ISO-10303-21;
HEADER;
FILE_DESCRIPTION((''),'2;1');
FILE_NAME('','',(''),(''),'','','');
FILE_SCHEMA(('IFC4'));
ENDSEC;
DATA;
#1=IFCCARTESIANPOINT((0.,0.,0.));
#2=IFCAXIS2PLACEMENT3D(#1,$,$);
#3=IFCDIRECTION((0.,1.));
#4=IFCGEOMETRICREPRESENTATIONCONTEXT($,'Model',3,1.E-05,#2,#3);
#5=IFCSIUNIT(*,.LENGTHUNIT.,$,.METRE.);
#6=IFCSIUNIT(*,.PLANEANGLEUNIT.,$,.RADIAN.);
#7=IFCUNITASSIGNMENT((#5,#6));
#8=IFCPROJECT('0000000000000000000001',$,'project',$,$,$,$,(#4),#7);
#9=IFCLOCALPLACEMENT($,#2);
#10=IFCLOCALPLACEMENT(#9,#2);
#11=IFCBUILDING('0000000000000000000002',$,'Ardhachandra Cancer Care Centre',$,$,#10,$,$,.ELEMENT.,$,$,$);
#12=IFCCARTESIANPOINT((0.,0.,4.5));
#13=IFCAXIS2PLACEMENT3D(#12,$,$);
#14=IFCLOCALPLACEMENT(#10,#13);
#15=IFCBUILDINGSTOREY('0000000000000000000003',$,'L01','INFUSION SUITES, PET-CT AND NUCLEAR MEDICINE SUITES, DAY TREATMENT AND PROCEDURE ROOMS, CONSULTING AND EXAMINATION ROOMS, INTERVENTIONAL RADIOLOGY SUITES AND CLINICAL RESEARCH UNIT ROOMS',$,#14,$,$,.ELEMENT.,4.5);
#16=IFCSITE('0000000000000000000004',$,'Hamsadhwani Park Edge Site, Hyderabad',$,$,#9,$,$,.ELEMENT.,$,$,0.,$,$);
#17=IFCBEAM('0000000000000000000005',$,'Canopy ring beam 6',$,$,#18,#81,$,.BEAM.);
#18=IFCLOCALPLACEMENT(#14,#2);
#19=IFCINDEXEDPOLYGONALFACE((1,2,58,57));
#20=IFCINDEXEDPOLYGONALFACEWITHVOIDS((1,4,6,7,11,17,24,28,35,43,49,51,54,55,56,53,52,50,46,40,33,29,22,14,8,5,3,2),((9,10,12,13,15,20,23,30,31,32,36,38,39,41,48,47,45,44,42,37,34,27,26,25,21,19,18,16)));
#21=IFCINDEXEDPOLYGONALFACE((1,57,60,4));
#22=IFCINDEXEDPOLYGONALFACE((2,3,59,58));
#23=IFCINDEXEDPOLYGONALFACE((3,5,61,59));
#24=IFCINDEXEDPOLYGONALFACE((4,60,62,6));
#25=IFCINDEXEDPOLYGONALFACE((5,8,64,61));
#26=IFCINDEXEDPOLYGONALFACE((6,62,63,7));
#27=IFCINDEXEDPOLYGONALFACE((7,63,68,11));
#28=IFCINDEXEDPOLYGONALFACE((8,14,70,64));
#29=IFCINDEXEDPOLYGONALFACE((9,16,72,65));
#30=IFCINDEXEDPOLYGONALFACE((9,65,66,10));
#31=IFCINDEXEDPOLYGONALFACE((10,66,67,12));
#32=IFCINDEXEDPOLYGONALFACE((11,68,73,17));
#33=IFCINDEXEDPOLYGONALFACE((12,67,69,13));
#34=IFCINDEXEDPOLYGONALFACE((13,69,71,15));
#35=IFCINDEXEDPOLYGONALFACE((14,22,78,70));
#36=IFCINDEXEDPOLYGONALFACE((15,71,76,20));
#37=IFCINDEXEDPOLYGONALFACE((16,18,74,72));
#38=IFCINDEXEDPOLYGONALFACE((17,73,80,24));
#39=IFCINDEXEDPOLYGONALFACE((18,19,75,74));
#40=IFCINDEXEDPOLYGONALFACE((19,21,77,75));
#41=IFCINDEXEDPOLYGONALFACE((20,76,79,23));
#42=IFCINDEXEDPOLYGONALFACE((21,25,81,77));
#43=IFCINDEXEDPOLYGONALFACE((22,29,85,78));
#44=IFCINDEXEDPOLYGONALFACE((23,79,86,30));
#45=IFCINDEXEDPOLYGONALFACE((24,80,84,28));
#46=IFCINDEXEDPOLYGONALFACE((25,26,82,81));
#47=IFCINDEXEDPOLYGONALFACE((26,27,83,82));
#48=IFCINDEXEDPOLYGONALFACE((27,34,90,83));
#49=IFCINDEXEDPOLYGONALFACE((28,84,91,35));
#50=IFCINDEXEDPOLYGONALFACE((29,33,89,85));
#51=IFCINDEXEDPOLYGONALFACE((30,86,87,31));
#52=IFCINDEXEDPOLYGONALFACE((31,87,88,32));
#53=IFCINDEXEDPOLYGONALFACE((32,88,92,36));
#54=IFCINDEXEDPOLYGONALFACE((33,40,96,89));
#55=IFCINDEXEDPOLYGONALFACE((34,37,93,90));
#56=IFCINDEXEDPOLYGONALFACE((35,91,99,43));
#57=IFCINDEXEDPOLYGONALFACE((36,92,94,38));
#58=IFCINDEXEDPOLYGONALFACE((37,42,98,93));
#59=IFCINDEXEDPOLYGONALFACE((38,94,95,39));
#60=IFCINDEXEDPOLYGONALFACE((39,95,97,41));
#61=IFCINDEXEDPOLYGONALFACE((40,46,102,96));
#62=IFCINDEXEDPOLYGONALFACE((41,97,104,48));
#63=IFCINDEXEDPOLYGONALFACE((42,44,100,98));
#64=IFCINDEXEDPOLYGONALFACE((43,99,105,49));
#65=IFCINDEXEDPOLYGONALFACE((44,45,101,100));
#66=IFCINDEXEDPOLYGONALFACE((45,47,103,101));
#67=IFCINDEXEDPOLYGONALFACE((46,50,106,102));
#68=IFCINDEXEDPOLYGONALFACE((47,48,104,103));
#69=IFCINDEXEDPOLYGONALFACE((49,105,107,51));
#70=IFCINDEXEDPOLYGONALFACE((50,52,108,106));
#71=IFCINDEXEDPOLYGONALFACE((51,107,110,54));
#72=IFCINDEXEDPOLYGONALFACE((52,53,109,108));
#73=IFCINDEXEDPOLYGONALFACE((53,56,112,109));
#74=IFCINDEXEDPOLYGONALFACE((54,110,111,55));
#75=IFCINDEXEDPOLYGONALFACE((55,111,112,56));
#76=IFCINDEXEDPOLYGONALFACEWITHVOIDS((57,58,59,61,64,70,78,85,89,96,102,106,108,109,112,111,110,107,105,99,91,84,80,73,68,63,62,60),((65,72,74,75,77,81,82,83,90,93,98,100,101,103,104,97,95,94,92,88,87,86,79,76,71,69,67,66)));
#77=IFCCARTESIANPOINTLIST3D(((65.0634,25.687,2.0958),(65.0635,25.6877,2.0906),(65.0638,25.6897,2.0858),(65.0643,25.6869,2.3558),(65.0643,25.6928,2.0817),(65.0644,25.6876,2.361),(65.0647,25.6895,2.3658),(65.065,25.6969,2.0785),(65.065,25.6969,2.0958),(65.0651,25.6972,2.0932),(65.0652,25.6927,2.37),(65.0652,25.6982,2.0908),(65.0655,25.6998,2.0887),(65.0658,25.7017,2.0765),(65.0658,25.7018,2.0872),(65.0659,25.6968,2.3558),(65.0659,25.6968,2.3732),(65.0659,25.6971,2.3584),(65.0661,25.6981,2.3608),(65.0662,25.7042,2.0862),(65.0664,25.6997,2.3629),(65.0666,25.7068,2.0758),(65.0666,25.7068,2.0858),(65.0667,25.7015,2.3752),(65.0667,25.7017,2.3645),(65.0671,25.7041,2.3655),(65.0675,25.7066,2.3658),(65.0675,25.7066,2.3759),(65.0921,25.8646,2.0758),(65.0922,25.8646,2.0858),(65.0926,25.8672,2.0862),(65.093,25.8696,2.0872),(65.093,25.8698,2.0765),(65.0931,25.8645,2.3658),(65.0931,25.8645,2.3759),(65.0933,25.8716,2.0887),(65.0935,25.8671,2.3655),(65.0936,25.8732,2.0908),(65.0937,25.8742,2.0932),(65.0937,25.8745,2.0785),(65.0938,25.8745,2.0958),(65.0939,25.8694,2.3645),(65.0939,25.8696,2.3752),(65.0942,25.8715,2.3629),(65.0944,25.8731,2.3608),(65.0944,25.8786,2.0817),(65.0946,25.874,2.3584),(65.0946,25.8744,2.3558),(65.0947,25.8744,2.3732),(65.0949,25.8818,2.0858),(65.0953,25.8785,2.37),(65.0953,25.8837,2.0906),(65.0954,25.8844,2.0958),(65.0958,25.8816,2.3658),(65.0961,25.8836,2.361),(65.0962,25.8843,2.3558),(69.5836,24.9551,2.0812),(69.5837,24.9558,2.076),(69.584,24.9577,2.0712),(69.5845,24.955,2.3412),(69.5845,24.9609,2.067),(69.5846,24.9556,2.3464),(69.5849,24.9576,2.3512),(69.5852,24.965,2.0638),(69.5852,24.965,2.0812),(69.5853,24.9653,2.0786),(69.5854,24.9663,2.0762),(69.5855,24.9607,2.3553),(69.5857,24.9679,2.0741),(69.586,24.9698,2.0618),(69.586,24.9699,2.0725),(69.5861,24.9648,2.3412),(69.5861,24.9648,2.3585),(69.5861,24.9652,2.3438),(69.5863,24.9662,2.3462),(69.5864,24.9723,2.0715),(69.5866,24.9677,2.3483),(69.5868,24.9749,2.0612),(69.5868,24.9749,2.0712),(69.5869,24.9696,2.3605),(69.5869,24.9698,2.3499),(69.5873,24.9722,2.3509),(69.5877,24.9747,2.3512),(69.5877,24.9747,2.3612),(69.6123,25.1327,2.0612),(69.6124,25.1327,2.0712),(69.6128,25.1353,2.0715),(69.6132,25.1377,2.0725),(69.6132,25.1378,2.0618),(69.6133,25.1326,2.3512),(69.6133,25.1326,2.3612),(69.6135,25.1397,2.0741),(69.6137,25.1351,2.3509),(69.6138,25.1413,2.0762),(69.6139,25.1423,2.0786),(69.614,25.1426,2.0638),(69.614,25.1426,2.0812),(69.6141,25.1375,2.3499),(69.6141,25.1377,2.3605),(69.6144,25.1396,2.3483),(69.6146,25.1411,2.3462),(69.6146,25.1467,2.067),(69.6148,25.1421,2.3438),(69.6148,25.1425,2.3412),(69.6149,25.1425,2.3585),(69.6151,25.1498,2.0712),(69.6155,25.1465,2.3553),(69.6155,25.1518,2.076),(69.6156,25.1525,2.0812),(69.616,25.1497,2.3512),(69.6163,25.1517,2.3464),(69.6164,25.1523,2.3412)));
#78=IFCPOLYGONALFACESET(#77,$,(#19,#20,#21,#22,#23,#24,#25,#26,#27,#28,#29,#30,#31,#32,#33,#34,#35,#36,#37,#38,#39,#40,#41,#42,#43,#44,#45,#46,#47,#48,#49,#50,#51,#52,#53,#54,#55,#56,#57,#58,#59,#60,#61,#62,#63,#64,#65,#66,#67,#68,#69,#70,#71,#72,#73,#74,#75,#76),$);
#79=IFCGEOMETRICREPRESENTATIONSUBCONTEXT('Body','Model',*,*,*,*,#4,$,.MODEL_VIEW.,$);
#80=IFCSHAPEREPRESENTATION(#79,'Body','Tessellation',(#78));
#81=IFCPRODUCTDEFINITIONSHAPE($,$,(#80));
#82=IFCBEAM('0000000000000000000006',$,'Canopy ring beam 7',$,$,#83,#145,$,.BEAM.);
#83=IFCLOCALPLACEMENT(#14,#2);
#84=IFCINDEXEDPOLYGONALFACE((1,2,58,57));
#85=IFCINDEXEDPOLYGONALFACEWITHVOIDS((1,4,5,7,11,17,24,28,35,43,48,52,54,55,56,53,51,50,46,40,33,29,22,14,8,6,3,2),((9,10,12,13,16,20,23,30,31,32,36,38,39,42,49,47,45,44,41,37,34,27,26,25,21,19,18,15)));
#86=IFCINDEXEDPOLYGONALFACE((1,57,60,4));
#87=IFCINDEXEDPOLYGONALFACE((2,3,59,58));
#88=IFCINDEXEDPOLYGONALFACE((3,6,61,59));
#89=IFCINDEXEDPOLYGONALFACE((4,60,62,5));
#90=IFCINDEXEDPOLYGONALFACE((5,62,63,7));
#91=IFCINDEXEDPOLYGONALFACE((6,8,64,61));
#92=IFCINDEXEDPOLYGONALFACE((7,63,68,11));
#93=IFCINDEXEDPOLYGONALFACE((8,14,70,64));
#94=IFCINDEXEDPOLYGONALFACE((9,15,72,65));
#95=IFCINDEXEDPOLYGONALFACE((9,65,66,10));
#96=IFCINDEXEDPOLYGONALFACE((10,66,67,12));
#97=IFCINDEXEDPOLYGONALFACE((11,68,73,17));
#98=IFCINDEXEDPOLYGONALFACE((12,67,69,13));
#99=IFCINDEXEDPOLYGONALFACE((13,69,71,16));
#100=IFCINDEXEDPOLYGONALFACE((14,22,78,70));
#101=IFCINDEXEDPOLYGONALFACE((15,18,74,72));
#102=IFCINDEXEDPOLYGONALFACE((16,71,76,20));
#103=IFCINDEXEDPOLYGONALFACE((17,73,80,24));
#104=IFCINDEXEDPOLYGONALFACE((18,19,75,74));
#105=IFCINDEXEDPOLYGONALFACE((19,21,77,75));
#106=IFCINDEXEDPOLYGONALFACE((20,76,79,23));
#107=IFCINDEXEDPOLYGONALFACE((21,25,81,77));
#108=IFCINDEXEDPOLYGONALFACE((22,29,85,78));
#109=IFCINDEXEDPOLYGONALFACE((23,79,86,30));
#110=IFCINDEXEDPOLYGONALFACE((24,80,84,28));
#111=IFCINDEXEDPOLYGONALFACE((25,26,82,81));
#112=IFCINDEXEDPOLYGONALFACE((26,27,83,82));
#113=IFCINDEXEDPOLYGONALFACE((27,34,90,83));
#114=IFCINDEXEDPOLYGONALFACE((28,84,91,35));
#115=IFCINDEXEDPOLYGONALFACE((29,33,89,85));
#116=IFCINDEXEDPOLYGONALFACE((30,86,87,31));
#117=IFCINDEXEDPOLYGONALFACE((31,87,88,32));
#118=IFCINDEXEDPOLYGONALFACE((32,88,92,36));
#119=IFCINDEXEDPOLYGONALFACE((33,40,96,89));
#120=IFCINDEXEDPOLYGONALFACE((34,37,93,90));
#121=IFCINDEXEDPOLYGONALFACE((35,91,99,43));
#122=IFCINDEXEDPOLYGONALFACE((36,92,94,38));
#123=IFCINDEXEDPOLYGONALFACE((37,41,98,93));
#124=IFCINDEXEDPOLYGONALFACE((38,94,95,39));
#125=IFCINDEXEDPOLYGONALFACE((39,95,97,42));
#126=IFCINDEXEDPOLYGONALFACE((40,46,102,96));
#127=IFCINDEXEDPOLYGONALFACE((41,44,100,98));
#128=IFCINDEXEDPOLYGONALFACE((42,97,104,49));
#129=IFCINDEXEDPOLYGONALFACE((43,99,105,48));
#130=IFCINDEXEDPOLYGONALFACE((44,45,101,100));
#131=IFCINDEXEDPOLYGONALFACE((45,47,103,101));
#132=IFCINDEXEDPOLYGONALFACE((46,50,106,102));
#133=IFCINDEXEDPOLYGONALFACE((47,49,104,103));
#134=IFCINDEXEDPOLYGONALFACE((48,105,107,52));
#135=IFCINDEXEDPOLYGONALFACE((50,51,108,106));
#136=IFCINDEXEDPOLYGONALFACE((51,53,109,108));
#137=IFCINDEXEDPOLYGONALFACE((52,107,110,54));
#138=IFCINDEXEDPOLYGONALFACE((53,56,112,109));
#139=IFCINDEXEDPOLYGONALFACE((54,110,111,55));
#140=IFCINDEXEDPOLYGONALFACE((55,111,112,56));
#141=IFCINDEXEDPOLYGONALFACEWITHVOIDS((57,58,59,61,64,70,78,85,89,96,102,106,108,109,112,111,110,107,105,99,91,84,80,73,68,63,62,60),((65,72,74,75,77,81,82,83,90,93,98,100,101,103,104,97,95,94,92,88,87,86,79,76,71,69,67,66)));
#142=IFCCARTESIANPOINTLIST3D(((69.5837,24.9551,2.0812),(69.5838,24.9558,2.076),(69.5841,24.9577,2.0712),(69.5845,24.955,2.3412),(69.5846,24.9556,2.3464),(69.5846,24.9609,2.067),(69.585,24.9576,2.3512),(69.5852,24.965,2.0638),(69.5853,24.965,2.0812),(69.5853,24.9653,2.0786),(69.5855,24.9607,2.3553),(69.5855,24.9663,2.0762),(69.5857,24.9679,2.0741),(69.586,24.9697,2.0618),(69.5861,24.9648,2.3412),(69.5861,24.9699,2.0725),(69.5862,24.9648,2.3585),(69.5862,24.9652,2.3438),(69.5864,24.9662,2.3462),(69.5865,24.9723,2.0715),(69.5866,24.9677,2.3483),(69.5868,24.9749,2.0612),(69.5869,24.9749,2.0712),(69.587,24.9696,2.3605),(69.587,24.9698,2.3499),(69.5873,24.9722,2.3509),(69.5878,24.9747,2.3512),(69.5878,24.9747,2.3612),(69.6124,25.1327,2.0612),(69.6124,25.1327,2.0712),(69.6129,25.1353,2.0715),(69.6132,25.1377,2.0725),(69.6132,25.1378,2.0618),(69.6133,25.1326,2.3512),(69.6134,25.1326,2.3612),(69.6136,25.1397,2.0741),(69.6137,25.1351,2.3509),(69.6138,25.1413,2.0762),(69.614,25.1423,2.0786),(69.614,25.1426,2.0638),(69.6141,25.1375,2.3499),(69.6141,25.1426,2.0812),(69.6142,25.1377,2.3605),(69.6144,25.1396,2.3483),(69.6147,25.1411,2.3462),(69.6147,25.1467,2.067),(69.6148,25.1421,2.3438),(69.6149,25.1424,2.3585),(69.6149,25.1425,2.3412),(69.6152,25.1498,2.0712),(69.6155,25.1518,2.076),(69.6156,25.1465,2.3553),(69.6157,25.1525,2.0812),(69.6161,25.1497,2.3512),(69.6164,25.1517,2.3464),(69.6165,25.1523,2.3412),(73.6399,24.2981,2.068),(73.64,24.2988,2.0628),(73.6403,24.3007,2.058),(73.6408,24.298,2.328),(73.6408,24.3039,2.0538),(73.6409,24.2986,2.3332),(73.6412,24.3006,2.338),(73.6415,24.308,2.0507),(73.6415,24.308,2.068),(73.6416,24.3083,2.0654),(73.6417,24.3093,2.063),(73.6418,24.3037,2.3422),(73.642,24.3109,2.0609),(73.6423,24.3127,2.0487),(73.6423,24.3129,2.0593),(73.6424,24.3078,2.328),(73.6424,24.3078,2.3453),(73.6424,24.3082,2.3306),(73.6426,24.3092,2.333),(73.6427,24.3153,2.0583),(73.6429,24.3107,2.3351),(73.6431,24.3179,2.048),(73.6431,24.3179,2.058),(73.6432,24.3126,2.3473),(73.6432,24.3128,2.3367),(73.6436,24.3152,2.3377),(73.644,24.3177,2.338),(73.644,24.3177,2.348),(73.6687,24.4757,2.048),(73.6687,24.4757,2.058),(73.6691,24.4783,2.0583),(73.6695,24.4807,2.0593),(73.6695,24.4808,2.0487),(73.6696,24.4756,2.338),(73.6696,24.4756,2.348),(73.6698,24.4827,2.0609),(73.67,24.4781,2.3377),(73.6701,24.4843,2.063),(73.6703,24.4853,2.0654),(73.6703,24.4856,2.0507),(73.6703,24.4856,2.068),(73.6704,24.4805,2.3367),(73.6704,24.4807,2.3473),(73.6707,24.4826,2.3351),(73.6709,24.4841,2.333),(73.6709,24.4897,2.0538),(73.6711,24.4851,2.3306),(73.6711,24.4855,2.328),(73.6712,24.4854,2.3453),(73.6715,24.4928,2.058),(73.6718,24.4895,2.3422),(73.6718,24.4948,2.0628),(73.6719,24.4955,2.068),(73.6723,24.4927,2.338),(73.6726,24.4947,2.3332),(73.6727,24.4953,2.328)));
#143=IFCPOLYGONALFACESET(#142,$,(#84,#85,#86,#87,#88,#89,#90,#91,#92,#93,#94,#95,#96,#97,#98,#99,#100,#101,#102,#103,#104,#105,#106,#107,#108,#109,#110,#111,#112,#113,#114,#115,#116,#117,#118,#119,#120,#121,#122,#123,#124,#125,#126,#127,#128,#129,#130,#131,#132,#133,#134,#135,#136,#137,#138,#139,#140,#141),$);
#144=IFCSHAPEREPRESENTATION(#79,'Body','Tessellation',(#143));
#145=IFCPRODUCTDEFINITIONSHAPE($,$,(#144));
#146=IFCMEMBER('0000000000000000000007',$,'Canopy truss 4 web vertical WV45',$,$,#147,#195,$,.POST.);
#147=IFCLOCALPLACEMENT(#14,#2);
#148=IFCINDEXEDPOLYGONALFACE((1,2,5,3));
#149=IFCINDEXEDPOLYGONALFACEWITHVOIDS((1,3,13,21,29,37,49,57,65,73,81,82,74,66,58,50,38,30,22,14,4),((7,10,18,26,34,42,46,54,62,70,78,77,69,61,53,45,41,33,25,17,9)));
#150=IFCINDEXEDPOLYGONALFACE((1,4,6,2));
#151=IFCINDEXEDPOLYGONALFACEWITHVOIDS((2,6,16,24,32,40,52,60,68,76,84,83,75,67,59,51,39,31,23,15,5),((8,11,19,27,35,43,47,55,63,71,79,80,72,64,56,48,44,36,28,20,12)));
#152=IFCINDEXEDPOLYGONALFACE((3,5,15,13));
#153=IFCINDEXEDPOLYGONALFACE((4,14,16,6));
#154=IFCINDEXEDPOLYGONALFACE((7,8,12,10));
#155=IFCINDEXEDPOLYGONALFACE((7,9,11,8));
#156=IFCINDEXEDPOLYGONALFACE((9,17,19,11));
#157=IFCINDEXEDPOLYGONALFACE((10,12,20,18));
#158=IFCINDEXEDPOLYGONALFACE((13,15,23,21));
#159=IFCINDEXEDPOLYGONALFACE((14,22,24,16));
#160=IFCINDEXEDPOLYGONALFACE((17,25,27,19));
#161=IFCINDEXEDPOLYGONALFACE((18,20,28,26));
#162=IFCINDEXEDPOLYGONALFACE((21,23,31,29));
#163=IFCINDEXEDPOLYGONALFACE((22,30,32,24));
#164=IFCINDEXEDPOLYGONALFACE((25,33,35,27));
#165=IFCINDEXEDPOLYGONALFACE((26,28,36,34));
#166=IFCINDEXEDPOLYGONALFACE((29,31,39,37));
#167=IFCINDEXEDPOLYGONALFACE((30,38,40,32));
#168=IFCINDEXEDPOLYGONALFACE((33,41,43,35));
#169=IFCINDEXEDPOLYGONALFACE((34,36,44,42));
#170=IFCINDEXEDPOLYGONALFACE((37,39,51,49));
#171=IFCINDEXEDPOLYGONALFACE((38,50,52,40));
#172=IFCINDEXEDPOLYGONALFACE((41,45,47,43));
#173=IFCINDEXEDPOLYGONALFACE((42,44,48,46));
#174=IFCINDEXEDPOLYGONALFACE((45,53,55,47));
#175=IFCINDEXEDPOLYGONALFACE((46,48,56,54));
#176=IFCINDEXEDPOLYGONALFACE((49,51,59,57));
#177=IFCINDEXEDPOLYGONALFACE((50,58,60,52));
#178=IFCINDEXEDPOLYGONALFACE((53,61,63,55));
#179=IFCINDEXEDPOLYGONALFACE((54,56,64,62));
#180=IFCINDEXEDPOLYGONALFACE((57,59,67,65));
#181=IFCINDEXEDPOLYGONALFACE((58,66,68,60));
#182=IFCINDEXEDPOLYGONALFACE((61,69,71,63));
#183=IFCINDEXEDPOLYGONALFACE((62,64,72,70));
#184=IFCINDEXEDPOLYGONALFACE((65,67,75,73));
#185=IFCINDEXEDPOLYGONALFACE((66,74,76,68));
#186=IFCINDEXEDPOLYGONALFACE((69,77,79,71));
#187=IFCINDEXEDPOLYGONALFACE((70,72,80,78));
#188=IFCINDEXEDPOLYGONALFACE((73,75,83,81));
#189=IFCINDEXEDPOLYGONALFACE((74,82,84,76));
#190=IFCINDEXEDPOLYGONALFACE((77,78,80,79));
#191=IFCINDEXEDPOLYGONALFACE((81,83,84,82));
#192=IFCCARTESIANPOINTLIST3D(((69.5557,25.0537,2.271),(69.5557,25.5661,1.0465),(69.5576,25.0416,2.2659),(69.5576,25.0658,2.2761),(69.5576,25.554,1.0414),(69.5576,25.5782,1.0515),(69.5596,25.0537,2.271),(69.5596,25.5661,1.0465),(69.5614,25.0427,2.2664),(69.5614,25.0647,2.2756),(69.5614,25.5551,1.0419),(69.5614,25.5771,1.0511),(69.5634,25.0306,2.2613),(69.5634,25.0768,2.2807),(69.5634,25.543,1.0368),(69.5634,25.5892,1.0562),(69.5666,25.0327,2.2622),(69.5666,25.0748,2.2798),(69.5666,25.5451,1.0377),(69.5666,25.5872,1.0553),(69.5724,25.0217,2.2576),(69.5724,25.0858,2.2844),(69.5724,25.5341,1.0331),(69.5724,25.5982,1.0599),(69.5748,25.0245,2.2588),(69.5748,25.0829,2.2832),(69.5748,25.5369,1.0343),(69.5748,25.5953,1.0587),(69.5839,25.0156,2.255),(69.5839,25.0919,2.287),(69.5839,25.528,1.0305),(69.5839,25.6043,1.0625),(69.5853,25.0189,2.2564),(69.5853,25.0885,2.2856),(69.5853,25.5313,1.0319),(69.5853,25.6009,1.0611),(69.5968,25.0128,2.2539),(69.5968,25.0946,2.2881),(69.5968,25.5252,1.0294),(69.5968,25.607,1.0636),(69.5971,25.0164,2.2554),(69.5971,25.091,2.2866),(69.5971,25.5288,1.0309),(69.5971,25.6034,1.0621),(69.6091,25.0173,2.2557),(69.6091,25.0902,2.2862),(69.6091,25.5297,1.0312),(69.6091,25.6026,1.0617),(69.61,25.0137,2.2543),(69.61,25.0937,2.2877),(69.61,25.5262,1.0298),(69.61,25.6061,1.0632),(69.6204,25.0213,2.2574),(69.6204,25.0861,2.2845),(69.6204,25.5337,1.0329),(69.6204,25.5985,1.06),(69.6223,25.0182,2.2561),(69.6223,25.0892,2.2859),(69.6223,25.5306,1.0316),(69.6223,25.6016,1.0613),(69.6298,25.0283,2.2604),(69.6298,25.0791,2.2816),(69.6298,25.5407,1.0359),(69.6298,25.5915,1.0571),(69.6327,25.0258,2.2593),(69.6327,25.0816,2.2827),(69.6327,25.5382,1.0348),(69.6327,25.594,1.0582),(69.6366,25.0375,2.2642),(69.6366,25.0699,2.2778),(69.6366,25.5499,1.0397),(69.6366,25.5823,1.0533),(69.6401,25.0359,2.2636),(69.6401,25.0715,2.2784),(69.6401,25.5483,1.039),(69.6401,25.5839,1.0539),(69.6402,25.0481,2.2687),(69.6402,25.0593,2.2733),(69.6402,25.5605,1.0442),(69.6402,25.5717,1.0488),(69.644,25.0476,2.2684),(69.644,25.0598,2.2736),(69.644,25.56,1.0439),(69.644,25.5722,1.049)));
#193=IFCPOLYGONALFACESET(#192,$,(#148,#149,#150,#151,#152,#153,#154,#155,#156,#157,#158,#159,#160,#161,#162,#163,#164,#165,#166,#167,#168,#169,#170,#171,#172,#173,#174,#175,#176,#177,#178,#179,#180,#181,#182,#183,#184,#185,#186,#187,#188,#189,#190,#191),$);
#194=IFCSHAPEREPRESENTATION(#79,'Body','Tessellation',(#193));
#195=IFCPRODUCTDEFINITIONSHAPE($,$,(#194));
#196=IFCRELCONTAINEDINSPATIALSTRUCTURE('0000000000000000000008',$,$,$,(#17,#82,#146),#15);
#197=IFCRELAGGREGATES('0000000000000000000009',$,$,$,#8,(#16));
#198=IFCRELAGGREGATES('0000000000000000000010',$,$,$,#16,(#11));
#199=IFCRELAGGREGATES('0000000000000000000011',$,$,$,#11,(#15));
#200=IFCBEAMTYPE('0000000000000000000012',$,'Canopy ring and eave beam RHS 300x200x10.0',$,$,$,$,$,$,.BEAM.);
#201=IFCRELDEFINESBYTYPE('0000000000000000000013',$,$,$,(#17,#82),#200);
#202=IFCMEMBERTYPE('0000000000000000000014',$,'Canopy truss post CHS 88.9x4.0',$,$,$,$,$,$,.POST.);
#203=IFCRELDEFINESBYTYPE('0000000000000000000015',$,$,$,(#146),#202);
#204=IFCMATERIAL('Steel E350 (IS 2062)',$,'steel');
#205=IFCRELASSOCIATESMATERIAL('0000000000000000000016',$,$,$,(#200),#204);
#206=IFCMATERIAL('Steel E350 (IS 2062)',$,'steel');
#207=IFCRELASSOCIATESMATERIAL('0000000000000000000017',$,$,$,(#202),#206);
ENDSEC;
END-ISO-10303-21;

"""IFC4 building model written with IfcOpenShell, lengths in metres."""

from ifc_helpers import new_model, si_unit, direction, frame, origin, origin_2d, place, context, subcontext, project, spatial, hollow_rectangle, hollow_circle, extrude, material, material_profile, profile_set, type_object, element, save


model = new_model("IFC4")

# Units and contexts
model_context = context("Model", 3, precision=1e-05, world=origin(), true_north=direction((0.0, 1.0)))
body_context = subcontext(model_context, "Body", "Model", "MODEL_VIEW")
ifc_project = project(units=[si_unit("LENGTHUNIT", "METRE"), si_unit("PLANEANGLEUNIT", "RADIAN")], contexts=[model_context])

# Site, building, storey
site_placement = place(None, origin())
site = spatial("IfcSite", under=ifc_project, at=site_placement, Name="Hamsadhwani Park Edge Site, Hyderabad", CompositionType="ELEMENT", RefElevation=0.0)
building_placement = place(site_placement, origin())
building = spatial("IfcBuilding", under=site, at=building_placement, Name="Ardhachandra Cancer Care Centre", CompositionType="ELEMENT")
storey_placement = place(building_placement, frame((0.0, 0.0, 4.5)))
storey = spatial("IfcBuildingStorey", under=building, at=storey_placement, Name="L01", Description="INFUSION SUITES, PET-CT AND NUCLEAR MEDICINE SUITES, DAY TREATMENT AND PROCEDURE ROOMS, CONSULTING AND EXAMINATION ROOMS, INTERVENTIONAL RADIOLOGY SUITES AND CLINICAL RESEARCH UNIT ROOMS", CompositionType="ELEMENT", Elevation=4.5)

# Beams
ifc_material_1 = material(Name="Steel E350 (IS 2062)", Category="steel")
ifc_material_profile_1 = material_profile(ifc_material_1, hollow_rectangle(XDim=0.2, YDim=0.3, WallThickness=0.01, InnerFilletRadius=0.01, OuterFilletRadius=0.02, at=origin_2d()), Name="RHS 300x200x10.0")
ifc_profile_set_1 = profile_set([ifc_material_profile_1], Name="Steel E350 (IS 2062)")
beam_type = type_object("IfcBeamType", Name="Canopy ring and eave beam RHS 300x200x10.0", PredefinedType="BEAM", material=ifc_profile_set_1)
beam_1_placement = place(storey_placement, frame((65.0798, 25.7856, 2.2258), z_axis=(0.987138, -0.15984, -0.003199), x_axis=(0.159841, 0.987143, 0.0)))
element("IfcBeam", 1, at=beam_1_placement, inside=storey, type_object=beam_type, Name="Canopy ring beam 6", PredefinedType="BEAM", context=body_context, shape_type="SweptSolid", body=[
    extrude(hollow_rectangle(XDim=0.2, YDim=0.3, WallThickness=0.01, InnerFilletRadius=0.01, OuterFilletRadius=0.02, at=origin_2d()), origin(), (0.0, 0.0, 1.0), 4.5791),
])
beam_2_placement = place(storey_placement, frame((69.6001, 25.0537, 2.2112), z_axis=(0.98713, -0.159887, -0.003208), x_axis=(0.159888, 0.987135, 0.0)))
element("IfcBeam", 2, at=beam_2_placement, inside=storey, type_object=beam_type, Name="Canopy ring beam 7", PredefinedType="BEAM", context=body_context, shape_type="SweptSolid", body=[
    extrude(hollow_rectangle(XDim=0.2, YDim=0.3, WallThickness=0.01, InnerFilletRadius=0.01, OuterFilletRadius=0.02, at=origin_2d()), origin(), (0.0, 0.0, 1.0), 4.1091),
])

# Member
ifc_material_2 = material(Name="Steel E350 (IS 2062)", Category="steel")
ifc_material_profile_2 = material_profile(ifc_material_2, hollow_circle(Radius=0.0444, WallThickness=0.0039, at=origin_2d()), Name="CHS 88.9x4.0")
ifc_profile_set_2 = profile_set([ifc_material_profile_2], Name="Steel E350 (IS 2062)")
member_type_1 = type_object("IfcMemberType", Name="Canopy truss post CHS 88.9x4.0", PredefinedType="POST", material=ifc_profile_set_2)
member_1_placement = place(storey_placement, frame((69.6001, 25.0537, 2.271), z_axis=(0.0, 0.386025, -0.922488), x_axis=(-1.0, 0.0, 0.0)))
element("IfcMember", 3, at=member_1_placement, inside=storey, type_object=member_type_1, Name="Canopy truss 4 web vertical WV45", PredefinedType="POST", context=body_context, shape_type="SweptSolid", body=[
    extrude(hollow_circle(Radius=0.0444, WallThickness=0.0039, at=origin_2d()), origin(), (0.0, 0.0, 1.0), 1.3274),
])

save(model, "model.ifc")
